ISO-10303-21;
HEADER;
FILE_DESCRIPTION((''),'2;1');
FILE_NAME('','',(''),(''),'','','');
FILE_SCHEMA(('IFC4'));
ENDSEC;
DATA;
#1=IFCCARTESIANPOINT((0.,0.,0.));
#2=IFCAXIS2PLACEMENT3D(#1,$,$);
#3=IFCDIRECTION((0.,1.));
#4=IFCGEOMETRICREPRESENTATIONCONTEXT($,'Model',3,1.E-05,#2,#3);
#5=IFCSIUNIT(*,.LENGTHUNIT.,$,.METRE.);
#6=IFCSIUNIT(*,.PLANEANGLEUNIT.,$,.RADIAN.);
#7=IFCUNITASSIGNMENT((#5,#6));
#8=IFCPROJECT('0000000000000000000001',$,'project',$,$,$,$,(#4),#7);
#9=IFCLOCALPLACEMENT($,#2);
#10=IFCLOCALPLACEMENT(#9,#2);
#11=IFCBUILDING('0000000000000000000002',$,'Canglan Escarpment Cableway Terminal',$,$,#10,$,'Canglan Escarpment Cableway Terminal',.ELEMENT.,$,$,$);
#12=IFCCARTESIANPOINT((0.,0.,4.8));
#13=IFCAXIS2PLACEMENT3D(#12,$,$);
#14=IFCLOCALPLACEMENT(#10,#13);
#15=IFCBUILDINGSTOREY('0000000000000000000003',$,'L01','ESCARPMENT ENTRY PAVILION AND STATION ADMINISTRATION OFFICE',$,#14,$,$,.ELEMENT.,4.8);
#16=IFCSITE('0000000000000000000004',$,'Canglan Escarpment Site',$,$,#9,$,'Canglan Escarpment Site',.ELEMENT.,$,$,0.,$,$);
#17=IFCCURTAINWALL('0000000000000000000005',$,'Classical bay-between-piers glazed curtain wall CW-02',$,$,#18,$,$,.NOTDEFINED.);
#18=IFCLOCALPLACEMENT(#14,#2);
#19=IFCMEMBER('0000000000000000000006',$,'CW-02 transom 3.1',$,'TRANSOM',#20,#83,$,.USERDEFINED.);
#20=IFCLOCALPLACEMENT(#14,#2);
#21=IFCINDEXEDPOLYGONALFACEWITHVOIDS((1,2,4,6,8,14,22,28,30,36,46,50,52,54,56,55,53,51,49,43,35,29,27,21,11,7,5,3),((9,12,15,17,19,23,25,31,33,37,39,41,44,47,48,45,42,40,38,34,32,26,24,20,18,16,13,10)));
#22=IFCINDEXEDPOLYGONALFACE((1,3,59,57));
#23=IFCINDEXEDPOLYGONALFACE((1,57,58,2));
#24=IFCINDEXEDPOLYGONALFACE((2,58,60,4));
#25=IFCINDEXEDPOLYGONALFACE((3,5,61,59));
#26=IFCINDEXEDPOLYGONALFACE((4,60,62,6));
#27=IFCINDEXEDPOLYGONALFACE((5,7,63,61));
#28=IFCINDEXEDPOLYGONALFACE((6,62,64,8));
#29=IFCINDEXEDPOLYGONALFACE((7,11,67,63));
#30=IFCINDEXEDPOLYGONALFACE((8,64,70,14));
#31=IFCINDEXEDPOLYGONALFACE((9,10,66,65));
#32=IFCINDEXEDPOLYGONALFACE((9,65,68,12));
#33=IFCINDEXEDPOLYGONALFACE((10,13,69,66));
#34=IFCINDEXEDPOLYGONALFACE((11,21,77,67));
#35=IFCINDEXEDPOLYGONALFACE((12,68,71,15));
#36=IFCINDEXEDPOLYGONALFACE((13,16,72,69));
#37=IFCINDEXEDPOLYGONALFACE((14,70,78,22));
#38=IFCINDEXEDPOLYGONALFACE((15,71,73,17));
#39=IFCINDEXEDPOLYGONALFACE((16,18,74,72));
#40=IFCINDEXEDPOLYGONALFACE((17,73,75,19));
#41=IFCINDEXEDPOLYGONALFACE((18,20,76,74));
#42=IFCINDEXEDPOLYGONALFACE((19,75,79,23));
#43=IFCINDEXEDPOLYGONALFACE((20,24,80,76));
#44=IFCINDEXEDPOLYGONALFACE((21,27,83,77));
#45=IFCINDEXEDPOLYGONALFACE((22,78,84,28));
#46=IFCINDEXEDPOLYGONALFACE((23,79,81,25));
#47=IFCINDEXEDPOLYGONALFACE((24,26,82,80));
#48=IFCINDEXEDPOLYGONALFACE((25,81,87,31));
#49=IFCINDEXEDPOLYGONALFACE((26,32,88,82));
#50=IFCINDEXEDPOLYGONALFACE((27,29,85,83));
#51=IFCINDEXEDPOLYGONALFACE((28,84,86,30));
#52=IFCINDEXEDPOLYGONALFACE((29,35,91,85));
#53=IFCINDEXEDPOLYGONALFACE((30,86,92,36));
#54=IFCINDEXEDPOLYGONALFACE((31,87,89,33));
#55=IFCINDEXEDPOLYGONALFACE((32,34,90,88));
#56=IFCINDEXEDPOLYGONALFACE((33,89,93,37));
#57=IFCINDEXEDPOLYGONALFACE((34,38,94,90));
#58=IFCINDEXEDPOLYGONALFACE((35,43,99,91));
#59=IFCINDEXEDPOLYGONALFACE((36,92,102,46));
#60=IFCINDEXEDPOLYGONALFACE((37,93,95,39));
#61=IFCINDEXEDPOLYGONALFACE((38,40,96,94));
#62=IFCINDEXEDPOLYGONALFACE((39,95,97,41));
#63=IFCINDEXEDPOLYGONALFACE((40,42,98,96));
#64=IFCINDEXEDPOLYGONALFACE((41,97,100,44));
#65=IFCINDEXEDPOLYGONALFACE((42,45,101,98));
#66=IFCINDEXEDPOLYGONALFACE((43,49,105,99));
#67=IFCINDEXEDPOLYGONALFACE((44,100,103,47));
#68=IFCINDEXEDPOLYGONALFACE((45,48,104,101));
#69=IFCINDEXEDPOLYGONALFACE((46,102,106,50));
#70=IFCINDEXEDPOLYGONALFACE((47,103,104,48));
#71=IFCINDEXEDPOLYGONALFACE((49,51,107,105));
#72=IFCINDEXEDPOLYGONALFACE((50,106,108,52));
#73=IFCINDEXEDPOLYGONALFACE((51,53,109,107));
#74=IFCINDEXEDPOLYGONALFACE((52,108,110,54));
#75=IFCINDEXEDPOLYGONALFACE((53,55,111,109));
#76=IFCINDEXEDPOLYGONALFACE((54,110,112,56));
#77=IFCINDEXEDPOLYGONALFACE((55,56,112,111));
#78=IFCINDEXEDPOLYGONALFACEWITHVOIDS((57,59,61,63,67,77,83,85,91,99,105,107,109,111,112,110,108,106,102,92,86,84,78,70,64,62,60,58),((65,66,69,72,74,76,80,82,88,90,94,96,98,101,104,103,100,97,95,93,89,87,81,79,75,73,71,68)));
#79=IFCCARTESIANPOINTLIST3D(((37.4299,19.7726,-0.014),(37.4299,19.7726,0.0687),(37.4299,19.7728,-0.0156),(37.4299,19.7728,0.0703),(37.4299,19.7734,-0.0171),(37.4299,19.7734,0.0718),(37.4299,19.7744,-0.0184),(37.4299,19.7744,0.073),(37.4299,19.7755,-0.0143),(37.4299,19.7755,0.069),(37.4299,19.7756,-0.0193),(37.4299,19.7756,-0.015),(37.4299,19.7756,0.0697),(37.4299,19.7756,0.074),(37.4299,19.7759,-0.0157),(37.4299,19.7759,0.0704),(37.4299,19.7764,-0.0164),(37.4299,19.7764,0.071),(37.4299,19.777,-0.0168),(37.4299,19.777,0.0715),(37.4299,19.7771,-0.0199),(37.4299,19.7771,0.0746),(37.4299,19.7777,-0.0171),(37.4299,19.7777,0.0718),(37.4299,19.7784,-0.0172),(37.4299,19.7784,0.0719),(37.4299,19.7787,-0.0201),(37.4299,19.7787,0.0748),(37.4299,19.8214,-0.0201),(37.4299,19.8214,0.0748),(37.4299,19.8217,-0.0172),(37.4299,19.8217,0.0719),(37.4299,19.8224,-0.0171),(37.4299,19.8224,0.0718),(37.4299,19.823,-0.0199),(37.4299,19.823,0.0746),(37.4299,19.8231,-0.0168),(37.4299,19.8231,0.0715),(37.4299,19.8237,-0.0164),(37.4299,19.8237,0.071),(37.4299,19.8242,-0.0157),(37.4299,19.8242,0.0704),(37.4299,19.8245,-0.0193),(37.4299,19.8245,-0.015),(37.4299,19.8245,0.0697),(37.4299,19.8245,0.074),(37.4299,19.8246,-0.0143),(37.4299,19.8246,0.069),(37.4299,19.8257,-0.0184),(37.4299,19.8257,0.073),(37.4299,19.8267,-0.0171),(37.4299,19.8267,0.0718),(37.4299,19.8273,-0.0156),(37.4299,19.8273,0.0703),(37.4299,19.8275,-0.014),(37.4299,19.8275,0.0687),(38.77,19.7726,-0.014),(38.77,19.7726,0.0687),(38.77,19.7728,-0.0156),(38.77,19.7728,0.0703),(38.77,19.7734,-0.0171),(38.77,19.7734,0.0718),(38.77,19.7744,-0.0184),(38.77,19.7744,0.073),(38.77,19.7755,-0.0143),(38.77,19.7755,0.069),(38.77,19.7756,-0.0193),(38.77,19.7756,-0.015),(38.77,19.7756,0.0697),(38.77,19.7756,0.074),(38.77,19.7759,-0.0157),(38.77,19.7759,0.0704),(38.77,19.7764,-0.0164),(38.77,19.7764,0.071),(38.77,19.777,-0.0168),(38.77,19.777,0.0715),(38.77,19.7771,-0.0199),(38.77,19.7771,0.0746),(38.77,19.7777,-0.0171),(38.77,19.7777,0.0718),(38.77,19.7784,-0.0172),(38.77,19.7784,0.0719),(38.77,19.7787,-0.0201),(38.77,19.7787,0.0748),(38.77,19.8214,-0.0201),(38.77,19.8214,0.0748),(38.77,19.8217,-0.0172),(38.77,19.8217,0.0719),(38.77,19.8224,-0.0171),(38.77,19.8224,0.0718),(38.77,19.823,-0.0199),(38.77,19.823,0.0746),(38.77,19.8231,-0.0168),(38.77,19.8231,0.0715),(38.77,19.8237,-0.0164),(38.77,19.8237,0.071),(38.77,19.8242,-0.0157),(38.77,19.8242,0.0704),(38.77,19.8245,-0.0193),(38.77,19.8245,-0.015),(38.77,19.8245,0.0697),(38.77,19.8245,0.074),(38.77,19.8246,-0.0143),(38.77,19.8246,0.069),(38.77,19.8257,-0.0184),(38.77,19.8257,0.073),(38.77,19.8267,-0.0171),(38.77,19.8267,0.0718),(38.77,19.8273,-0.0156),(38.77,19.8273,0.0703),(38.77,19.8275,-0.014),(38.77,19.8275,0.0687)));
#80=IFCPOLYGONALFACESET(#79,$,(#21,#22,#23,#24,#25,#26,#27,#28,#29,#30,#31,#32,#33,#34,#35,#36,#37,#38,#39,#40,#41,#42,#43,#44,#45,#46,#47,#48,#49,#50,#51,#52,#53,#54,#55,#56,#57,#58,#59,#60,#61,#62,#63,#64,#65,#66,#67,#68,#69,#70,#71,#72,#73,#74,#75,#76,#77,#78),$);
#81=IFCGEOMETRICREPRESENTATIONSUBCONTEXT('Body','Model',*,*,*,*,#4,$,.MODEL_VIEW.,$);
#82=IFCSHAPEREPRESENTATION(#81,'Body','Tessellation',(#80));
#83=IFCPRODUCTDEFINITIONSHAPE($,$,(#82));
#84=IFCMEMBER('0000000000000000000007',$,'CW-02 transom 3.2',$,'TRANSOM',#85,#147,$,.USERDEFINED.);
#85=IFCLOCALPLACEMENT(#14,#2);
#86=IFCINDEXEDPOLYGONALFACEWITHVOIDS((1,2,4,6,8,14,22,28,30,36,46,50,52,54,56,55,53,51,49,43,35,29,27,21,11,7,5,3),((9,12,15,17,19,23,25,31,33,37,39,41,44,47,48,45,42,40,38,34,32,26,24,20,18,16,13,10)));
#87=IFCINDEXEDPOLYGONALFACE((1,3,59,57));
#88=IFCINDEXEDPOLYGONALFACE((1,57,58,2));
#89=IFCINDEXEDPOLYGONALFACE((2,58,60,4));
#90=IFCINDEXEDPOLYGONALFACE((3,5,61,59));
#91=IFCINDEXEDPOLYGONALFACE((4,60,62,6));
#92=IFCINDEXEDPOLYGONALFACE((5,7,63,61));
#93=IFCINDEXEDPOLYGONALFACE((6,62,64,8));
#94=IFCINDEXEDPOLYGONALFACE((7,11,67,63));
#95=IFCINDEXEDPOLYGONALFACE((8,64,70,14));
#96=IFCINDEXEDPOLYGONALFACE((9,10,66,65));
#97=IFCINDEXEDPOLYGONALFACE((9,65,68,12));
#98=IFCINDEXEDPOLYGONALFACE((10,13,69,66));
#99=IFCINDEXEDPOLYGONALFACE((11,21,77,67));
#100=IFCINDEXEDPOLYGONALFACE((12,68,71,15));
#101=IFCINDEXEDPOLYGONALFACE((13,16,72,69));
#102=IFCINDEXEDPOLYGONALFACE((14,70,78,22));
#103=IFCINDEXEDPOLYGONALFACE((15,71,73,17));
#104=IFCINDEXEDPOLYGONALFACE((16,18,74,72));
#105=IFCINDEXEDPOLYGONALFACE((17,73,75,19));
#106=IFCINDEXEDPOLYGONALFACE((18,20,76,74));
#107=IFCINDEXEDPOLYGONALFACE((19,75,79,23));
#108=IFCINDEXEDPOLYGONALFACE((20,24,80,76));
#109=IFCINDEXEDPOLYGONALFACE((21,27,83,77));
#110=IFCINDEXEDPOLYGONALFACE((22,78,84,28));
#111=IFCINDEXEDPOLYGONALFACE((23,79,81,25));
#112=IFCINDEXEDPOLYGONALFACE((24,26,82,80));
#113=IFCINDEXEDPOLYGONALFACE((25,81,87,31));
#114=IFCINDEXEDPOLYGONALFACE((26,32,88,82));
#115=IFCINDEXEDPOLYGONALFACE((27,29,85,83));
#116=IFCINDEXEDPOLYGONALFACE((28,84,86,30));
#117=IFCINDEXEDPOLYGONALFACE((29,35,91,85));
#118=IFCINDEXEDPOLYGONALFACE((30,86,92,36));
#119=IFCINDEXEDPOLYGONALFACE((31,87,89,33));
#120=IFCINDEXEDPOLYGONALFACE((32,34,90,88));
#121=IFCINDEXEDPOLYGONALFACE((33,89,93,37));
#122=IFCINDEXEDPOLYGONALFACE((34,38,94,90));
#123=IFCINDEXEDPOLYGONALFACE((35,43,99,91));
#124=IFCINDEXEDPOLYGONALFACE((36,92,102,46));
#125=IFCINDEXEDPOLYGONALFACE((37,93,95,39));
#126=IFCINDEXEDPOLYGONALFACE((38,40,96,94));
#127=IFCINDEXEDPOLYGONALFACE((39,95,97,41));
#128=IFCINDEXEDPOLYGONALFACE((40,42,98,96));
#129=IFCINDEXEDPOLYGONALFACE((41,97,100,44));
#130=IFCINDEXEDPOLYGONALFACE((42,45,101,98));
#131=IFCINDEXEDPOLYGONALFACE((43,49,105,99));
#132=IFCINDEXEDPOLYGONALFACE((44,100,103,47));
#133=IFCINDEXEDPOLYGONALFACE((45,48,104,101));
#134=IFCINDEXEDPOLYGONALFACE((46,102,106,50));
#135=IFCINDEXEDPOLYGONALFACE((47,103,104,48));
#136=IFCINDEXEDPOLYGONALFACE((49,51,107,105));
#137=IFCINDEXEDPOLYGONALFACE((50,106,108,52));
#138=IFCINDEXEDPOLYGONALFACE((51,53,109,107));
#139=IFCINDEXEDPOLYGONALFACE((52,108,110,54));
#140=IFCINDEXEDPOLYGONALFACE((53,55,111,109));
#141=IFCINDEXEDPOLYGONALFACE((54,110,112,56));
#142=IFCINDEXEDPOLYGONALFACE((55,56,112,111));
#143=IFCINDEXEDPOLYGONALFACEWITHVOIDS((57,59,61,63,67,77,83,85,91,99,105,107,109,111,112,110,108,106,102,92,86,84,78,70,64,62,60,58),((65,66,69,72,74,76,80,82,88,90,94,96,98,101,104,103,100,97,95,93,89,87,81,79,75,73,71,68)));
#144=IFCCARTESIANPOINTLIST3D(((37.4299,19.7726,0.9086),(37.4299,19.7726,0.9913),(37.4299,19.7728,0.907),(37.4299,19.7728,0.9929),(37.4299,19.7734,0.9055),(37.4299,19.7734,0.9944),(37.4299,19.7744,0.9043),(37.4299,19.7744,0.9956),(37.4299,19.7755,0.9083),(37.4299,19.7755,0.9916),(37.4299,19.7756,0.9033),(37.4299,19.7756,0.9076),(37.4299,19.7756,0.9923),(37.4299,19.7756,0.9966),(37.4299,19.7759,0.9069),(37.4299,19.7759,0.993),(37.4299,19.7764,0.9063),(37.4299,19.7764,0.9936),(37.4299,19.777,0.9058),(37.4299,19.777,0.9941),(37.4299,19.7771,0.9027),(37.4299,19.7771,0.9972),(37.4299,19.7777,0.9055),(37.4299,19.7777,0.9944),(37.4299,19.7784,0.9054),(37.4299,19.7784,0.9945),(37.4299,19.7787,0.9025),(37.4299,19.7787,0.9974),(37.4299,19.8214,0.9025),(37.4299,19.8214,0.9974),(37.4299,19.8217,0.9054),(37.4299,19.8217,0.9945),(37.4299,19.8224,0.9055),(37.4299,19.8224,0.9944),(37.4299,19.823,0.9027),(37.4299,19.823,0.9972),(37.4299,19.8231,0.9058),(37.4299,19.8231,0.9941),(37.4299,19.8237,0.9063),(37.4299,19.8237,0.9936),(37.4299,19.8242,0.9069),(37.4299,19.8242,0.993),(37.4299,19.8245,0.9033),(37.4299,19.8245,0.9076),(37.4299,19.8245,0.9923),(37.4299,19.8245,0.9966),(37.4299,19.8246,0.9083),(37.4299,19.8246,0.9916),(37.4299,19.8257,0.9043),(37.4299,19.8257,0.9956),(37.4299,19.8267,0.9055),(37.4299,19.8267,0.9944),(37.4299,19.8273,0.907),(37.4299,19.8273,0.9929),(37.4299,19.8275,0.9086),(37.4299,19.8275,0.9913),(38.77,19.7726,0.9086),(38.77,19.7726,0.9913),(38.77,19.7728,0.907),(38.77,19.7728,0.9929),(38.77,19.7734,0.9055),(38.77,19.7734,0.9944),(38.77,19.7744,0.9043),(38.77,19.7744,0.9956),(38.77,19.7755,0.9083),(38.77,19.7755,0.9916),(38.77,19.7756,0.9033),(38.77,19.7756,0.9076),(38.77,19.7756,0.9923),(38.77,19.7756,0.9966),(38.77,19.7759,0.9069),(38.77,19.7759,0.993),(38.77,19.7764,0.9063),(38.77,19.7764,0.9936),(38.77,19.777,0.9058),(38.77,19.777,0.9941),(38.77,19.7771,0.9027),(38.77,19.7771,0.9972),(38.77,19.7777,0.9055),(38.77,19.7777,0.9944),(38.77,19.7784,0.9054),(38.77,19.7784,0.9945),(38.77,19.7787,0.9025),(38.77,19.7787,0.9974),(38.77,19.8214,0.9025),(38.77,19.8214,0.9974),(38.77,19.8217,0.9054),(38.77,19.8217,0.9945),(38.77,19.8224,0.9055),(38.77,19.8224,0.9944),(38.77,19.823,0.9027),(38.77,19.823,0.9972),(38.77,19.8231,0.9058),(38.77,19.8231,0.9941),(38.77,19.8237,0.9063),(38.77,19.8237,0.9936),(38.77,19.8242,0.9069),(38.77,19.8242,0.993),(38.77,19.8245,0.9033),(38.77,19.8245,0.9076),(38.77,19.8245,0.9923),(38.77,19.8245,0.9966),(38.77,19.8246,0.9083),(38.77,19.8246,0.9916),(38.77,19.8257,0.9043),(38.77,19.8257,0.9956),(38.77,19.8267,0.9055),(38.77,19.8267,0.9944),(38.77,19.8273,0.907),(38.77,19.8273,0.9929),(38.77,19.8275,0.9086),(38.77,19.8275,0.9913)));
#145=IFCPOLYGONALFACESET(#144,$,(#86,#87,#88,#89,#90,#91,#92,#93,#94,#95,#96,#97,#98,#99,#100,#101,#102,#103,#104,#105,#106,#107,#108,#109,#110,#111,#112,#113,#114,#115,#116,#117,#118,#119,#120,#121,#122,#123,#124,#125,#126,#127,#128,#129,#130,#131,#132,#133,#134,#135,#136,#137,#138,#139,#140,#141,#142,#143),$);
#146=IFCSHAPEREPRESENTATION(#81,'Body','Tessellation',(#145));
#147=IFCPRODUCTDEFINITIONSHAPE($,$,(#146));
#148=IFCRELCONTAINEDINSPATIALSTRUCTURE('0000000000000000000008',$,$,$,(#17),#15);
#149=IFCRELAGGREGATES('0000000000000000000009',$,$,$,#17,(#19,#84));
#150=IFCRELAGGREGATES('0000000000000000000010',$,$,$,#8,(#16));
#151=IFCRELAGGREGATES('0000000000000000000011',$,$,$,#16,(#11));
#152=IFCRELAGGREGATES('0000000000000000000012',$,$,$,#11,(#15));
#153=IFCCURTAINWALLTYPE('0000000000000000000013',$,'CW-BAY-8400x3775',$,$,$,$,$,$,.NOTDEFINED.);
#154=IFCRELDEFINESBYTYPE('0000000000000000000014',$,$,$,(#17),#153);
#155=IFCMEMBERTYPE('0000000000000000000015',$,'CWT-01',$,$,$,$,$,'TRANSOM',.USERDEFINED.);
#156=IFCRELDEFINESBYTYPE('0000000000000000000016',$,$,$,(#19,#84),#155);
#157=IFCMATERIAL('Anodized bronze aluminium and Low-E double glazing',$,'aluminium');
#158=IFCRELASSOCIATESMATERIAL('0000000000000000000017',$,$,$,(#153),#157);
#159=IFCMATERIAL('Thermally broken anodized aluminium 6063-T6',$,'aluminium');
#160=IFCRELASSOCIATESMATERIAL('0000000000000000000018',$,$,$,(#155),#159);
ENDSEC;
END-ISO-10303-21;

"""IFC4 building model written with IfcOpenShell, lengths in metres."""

from ifc_helpers import new_model, si_unit, direction, frame, origin, origin_2d, place, context, subcontext, project, spatial, hollow_rectangle, extrude, material, material_profile, profile_set, type_object, element, aggregate, save


model = new_model("IFC4")

# Units and contexts
model_context = context("Model", 3, precision=1e-05, world=origin(), true_north=direction((0.0, 1.0)))
body_context = subcontext(model_context, "Body", "Model", "MODEL_VIEW")
ifc_project = project(units=[si_unit("LENGTHUNIT", "METRE"), si_unit("PLANEANGLEUNIT", "RADIAN")], contexts=[model_context])

# Site, building, storey
site_placement = place(None, origin())
site = spatial("IfcSite", under=ifc_project, at=site_placement, Name="Canglan Escarpment Site", LongName="Canglan Escarpment Site", CompositionType="ELEMENT", RefElevation=0.0)
building_placement = place(site_placement, origin())
building = spatial("IfcBuilding", under=site, at=building_placement, Name="Canglan Escarpment Cableway Terminal", LongName="Canglan Escarpment Cableway Terminal", CompositionType="ELEMENT")
storey_placement = place(building_placement, frame((0.0, 0.0, 4.8)))
storey = spatial("IfcBuildingStorey", under=building, at=storey_placement, Name="L01", Description="ESCARPMENT ENTRY PAVILION AND STATION ADMINISTRATION OFFICE", CompositionType="ELEMENT", Elevation=4.8)

# Curtain wall, members
ifc_material_1 = material(Name="Anodized bronze aluminium and Low-E double glazing", Category="aluminium")
curtain_wall_type = type_object("IfcCurtainWallType", Name="CW-BAY-8400x3775", PredefinedType="NOTDEFINED", material=ifc_material_1)
curtain_wall_placement = place(storey_placement, origin())
curtain_wall = element("IfcCurtainWall", 1, at=curtain_wall_placement, inside=storey, type_object=curtain_wall_type, Name="Classical bay-between-piers glazed curtain wall CW-02", PredefinedType="NOTDEFINED")
ifc_material_2 = material(Name="Thermally broken anodized aluminium 6063-T6", Category="aluminium")
ifc_material_profile_1 = material_profile(ifc_material_2, hollow_rectangle(XDim=0.0549, YDim=0.095, WallThickness=0.0029, InnerFilletRadius=0.0029, OuterFilletRadius=0.0061, at=origin_2d()), Name="ALU-TRAN 55x95x3")
ifc_profile_set_1 = profile_set([ifc_material_profile_1], Name="Thermally broken anodized aluminium 6063-T6")
member_type_1 = type_object("IfcMemberType", Name="CWT-01", ElementType="TRANSOM", PredefinedType="USERDEFINED", material=ifc_profile_set_1)
member_1_placement = place(storey_placement, frame((38.77, 19.8, 0.0273), z_axis=(-1.0, 0.0, 0.0), x_axis=(0.0, -1.0, 0.0)))
member_1 = element("IfcMember", 2, at=member_1_placement, type_object=member_type_1, Name="CW-02 transom 3.1", ObjectType="TRANSOM", PredefinedType="USERDEFINED", context=body_context, shape_type="SweptSolid", body=[
    extrude(hollow_rectangle(XDim=0.0549, YDim=0.095, WallThickness=0.0029, InnerFilletRadius=0.0029, OuterFilletRadius=0.0061, at=origin_2d()), origin(), (0.0, 0.0, 1.0), 1.3401),
])
member_2_placement = place(storey_placement, frame((38.77, 19.8, 0.95), z_axis=(-1.0, 0.0, 0.0), x_axis=(0.0, -1.0, 0.0)))
member_2 = element("IfcMember", 3, at=member_2_placement, type_object=member_type_1, Name="CW-02 transom 3.2", ObjectType="TRANSOM", PredefinedType="USERDEFINED", context=body_context, shape_type="SweptSolid", body=[
    extrude(hollow_rectangle(XDim=0.0549, YDim=0.095, WallThickness=0.0029, InnerFilletRadius=0.0029, OuterFilletRadius=0.0061, at=origin_2d()), origin(), (0.0, 0.0, 1.0), 1.3401),
])

aggregate(curtain_wall, [member_1, member_2])

save(model, "model.ifc")
